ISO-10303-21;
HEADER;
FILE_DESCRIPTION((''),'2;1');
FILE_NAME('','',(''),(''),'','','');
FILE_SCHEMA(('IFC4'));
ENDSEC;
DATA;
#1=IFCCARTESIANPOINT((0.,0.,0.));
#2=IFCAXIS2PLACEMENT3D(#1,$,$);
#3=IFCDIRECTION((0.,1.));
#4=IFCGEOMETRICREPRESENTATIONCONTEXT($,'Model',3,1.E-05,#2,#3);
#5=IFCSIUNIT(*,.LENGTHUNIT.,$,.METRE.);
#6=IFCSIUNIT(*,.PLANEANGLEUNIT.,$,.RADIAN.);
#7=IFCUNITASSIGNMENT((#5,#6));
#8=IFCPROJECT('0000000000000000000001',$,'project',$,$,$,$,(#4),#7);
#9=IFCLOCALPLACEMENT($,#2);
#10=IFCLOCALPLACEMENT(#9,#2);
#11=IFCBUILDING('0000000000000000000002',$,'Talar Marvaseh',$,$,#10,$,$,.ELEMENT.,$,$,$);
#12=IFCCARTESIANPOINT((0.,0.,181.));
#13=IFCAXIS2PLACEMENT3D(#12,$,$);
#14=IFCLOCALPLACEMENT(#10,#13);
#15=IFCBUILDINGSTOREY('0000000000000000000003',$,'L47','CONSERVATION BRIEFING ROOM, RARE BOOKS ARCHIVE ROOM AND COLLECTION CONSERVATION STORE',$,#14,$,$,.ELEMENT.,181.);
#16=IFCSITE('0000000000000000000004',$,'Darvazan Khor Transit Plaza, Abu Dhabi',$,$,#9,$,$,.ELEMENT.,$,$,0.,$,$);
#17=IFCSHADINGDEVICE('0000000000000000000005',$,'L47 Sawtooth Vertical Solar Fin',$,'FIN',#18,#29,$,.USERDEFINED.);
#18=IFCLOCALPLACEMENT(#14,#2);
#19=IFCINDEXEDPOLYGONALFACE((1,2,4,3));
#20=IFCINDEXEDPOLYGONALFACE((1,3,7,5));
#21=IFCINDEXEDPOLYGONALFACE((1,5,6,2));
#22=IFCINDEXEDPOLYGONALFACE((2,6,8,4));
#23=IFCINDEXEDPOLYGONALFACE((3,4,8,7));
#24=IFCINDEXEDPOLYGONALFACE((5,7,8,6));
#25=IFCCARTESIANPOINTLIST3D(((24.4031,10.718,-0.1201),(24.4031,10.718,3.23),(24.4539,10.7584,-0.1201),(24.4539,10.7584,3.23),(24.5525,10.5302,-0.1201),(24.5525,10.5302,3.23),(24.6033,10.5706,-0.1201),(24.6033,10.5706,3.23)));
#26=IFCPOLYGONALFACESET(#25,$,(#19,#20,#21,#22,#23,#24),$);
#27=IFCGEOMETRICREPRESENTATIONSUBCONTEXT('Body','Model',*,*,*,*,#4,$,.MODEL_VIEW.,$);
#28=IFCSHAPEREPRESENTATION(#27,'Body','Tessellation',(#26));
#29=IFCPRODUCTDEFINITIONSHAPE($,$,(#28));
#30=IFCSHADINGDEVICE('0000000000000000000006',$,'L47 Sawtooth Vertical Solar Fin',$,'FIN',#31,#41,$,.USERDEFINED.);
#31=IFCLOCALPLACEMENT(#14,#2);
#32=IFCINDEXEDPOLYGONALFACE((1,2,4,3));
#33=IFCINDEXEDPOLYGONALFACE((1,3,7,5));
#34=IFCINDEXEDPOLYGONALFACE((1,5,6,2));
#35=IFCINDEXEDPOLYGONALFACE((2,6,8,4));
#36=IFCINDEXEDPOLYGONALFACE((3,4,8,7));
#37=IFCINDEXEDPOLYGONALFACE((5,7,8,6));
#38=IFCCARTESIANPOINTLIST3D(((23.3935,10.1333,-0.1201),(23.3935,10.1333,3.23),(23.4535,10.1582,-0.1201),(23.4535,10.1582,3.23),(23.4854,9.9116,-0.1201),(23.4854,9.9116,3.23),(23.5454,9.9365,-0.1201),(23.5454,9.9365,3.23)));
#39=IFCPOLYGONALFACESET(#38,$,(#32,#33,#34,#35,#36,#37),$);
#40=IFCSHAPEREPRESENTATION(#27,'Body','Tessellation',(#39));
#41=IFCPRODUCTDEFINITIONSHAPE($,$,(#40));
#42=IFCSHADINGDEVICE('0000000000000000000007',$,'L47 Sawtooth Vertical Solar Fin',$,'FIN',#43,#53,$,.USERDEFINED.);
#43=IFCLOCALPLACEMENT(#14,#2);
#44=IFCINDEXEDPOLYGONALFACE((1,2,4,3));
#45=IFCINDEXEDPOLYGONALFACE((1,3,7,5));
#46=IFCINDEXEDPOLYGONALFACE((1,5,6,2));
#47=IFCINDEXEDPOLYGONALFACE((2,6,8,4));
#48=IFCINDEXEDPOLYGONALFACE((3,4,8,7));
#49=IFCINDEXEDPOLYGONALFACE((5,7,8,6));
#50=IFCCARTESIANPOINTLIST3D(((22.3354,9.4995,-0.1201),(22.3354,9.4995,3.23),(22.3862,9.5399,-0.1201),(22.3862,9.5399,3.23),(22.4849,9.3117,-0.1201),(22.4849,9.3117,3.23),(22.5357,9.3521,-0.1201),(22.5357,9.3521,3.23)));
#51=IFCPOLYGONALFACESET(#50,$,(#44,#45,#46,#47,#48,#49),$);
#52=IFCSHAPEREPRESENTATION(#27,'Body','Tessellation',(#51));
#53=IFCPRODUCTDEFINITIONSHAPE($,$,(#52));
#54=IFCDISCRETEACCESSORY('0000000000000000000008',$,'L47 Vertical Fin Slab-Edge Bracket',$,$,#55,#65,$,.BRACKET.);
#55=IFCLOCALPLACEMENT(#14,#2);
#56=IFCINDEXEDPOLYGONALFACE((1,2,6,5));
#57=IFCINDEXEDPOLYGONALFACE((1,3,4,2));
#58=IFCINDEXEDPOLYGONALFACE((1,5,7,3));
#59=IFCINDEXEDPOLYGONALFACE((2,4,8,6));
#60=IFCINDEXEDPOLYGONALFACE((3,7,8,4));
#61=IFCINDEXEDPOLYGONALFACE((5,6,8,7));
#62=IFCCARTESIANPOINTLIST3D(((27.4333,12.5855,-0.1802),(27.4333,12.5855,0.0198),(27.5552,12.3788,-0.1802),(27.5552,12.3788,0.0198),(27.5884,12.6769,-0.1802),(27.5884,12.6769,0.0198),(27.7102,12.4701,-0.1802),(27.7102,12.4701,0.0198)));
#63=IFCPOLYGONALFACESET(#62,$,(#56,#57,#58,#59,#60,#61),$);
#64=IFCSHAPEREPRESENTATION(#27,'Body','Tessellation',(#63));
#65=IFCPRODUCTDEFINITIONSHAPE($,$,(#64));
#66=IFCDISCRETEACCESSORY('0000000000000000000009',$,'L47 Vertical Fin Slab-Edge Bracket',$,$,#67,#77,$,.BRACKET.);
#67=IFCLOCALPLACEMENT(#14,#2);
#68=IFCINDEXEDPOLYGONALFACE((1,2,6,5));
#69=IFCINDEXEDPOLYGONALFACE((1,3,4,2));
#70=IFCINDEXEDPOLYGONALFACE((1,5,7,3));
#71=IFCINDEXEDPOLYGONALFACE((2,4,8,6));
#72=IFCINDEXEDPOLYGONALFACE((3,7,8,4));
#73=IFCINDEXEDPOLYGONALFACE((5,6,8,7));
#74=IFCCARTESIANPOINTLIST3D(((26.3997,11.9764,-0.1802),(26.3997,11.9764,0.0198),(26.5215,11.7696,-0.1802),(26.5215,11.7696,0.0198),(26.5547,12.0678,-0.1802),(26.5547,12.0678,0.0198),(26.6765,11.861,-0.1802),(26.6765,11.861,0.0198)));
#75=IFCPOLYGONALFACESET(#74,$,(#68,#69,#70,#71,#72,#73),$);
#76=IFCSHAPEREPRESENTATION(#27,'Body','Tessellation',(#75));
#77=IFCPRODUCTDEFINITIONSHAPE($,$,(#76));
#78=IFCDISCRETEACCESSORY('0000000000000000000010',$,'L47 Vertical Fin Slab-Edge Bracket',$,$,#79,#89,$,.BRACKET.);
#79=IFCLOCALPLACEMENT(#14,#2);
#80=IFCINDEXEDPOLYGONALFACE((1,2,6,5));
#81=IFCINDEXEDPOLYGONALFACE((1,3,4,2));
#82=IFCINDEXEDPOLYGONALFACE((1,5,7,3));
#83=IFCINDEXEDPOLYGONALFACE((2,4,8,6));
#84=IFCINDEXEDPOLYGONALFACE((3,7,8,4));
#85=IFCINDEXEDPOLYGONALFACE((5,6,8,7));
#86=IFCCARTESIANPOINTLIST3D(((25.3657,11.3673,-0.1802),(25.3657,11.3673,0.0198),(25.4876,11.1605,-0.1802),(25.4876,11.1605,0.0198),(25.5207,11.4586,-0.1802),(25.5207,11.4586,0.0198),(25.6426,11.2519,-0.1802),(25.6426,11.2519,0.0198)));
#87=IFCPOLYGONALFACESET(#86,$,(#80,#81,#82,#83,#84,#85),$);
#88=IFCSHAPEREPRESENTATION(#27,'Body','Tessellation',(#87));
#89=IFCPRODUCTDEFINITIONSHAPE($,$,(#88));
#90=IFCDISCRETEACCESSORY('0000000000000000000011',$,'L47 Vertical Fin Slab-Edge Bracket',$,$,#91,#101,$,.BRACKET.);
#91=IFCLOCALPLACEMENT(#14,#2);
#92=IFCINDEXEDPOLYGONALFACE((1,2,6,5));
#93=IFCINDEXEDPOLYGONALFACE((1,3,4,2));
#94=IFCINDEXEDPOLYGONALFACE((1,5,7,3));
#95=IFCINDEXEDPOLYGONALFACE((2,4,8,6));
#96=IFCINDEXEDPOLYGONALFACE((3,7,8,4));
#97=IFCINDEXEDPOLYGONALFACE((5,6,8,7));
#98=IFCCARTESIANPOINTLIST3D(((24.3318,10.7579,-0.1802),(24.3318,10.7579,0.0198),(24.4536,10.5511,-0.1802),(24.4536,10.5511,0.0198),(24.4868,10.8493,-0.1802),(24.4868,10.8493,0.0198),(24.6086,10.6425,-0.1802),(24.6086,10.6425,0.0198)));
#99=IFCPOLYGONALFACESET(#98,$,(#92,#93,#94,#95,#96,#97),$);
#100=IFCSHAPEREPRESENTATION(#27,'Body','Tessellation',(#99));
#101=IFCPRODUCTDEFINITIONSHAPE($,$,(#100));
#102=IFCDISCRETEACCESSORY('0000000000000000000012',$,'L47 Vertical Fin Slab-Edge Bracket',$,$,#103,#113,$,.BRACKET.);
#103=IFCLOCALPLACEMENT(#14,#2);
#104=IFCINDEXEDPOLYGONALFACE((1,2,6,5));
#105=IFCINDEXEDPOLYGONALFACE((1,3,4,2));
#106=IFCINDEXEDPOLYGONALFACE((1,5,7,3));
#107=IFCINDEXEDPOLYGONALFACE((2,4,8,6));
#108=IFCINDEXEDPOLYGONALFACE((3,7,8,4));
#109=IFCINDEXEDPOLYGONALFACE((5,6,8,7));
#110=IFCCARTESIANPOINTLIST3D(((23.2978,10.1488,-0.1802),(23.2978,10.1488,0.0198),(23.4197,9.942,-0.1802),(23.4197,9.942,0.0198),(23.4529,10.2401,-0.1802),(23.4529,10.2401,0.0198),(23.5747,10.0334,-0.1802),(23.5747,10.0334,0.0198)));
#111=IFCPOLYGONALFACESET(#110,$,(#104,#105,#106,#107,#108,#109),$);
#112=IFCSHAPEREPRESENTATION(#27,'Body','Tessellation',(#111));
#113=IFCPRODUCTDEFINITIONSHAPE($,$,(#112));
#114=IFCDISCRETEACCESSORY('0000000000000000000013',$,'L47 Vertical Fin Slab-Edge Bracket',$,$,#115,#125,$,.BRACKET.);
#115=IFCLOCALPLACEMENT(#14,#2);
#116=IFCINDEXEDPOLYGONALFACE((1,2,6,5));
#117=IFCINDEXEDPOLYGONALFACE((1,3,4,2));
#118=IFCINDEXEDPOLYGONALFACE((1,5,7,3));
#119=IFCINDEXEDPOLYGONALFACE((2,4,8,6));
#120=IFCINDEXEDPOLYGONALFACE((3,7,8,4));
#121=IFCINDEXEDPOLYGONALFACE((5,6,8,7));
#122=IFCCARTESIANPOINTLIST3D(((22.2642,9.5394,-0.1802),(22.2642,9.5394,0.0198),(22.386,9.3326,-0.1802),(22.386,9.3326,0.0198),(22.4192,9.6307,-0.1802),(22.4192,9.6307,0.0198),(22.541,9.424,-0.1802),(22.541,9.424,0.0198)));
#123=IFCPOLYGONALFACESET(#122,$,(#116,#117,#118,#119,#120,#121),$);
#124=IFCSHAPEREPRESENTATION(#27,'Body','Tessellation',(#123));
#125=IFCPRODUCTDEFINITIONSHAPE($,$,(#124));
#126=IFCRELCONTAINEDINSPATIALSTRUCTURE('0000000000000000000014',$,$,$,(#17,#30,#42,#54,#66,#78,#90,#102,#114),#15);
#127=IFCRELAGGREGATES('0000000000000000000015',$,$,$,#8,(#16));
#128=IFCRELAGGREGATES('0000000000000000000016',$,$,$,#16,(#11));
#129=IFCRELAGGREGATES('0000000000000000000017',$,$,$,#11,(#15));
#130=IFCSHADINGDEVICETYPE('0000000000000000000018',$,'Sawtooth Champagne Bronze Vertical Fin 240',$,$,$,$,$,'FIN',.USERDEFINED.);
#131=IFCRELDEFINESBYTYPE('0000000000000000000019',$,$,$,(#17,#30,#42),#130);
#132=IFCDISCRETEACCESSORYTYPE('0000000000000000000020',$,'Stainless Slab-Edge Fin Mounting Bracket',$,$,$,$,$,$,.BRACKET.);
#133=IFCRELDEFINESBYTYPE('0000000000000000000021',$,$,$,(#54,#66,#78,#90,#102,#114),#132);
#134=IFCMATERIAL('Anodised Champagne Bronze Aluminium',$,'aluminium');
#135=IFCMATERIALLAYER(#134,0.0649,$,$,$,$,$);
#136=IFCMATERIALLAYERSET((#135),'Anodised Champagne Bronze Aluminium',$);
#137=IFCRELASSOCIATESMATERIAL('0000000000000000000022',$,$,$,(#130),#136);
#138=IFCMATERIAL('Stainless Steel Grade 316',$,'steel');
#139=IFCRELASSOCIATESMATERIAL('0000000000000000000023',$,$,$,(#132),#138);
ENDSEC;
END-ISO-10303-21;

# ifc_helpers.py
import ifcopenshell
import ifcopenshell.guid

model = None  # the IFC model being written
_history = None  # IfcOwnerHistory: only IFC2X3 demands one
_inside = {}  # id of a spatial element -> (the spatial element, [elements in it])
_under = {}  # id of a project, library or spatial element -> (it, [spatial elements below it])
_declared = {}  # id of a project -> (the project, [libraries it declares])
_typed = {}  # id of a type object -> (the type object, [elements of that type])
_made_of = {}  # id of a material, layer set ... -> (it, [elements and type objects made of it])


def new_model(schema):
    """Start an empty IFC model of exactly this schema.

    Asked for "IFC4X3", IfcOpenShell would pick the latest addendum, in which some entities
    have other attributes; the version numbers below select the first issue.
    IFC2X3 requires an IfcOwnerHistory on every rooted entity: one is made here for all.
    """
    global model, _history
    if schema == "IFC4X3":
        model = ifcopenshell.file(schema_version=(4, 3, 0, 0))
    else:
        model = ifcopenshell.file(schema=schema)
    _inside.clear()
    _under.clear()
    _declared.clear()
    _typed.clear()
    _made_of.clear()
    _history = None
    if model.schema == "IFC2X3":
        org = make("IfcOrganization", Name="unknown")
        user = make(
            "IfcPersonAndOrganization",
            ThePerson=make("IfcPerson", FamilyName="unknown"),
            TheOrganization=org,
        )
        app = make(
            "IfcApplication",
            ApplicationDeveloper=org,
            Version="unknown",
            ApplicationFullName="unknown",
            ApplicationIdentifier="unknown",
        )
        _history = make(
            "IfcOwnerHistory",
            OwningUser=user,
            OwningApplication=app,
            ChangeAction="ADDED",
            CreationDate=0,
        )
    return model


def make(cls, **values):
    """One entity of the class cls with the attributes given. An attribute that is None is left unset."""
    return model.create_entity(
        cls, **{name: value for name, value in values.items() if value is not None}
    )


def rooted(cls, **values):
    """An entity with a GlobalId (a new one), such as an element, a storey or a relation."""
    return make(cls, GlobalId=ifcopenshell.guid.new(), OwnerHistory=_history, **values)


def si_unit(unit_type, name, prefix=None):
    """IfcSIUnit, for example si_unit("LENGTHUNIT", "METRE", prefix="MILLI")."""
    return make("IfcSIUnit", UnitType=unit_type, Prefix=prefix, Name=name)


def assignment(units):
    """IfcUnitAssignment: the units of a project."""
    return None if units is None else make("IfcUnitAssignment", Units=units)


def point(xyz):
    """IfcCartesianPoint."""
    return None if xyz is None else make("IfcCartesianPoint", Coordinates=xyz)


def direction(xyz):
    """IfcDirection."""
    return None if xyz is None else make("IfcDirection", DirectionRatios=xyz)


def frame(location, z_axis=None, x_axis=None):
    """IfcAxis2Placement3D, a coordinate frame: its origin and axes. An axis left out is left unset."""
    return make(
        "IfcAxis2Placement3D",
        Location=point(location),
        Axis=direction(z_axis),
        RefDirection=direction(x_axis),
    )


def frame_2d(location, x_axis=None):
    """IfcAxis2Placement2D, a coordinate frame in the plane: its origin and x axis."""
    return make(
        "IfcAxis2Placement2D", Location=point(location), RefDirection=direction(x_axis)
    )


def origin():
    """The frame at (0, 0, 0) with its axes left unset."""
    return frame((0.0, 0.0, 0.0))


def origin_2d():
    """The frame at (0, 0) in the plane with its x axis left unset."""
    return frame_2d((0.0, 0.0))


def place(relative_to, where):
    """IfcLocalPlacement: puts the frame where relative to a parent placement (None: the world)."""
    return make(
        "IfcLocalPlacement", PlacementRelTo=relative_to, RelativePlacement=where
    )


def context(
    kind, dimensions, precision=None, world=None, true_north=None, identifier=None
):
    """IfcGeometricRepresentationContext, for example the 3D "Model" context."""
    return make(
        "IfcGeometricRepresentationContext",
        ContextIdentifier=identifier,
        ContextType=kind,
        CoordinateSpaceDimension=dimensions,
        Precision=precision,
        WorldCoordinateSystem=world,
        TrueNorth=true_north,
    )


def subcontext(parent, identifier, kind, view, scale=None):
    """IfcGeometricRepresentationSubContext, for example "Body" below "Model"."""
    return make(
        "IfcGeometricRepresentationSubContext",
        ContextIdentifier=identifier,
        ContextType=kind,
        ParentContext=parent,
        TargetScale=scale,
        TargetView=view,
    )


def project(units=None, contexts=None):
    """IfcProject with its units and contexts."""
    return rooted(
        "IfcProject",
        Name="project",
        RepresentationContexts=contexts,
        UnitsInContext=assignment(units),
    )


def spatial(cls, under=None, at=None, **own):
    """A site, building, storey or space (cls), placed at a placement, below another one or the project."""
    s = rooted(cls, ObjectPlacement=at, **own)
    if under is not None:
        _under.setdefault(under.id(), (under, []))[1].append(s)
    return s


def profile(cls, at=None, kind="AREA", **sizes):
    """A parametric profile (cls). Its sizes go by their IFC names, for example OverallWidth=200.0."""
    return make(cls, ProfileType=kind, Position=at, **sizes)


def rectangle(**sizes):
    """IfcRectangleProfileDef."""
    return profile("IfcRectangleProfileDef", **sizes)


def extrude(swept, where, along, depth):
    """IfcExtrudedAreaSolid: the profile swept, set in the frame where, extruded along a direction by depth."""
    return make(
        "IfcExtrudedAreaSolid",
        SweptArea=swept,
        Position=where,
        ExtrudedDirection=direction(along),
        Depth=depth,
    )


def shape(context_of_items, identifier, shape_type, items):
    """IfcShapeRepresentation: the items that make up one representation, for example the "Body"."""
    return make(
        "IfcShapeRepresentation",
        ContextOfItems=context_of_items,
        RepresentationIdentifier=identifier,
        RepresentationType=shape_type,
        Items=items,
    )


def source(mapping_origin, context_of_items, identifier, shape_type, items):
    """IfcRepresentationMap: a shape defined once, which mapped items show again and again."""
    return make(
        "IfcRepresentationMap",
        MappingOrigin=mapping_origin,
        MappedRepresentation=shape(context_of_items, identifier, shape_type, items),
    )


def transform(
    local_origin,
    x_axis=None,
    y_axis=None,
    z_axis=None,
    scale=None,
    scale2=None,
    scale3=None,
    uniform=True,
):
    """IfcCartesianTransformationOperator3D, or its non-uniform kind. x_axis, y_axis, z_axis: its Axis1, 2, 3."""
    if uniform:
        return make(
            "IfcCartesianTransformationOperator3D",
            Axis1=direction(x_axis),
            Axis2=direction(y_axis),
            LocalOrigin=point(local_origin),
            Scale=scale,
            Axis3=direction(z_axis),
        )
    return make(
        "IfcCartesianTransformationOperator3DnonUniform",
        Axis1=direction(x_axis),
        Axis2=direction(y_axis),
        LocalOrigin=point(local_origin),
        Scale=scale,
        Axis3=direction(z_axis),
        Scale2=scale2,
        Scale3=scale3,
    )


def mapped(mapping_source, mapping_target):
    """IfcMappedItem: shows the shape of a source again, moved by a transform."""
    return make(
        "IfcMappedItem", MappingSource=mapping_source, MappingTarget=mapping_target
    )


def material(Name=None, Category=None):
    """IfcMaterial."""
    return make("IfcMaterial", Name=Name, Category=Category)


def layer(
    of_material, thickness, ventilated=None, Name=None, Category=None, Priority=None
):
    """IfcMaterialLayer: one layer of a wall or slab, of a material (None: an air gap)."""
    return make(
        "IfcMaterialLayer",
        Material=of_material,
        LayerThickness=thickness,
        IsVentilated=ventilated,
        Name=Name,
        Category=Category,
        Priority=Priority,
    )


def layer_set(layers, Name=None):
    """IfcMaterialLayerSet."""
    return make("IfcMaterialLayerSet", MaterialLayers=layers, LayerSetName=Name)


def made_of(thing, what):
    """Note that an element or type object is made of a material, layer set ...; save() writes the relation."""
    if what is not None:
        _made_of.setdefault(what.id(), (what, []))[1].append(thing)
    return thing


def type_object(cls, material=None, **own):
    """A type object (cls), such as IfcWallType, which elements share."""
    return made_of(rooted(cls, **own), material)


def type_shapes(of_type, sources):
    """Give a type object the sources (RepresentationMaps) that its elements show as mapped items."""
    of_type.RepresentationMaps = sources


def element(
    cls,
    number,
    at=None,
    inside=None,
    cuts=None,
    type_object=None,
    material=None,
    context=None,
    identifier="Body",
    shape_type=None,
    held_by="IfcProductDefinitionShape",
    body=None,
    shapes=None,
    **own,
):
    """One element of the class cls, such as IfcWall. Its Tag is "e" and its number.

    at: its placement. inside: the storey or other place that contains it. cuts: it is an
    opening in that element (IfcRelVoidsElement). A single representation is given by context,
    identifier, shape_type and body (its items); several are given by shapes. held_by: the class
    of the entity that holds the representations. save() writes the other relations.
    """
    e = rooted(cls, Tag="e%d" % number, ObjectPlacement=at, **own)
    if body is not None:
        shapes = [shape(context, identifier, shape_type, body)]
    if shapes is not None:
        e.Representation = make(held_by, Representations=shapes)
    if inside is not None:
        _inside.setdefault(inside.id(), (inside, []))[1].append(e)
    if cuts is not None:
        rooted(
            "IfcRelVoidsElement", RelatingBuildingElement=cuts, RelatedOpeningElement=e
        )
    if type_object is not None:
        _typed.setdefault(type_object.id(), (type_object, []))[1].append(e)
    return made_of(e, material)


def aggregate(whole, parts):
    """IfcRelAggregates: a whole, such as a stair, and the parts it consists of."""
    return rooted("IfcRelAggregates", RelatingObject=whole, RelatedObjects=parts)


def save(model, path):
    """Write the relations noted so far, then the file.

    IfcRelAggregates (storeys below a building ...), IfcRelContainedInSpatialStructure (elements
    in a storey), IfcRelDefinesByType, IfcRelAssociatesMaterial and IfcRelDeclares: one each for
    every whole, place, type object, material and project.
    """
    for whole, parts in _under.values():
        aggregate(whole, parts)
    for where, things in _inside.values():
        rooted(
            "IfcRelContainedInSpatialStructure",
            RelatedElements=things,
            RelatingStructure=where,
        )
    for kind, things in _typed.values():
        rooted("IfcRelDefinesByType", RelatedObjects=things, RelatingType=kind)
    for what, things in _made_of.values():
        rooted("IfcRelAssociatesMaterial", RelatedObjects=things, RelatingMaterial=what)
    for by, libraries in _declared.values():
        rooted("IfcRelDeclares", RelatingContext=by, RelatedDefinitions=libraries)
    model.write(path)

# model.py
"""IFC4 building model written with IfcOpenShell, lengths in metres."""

from ifc_helpers import new_model, si_unit, direction, frame, origin, origin_2d, place, context, subcontext, project, spatial, rectangle, extrude, source, transform, mapped, material, layer, layer_set, type_object, type_shapes, element, save


model = new_model("IFC4")

# Units and contexts
model_context = context("Model", 3, precision=1e-05, world=origin(), true_north=direction((0.0, 1.0)))
body_context = subcontext(model_context, "Body", "Model", "MODEL_VIEW")
ifc_project = project(units=[si_unit("LENGTHUNIT", "METRE"), si_unit("PLANEANGLEUNIT", "RADIAN")], contexts=[model_context])

# Site, building, storey
site_placement = place(None, origin())
site = spatial("IfcSite", under=ifc_project, at=site_placement, Name="Darvazan Khor Transit Plaza, Abu Dhabi", CompositionType="ELEMENT", RefElevation=0.0)
building_placement = place(site_placement, origin())
building = spatial("IfcBuilding", under=site, at=building_placement, Name="Talar Marvaseh", CompositionType="ELEMENT")
storey_placement = place(building_placement, frame((0.0, 0.0, 181.0)))
storey = spatial("IfcBuildingStorey", under=building, at=storey_placement, Name="L47", Description="CONSERVATION BRIEFING ROOM, RARE BOOKS ARCHIVE ROOM AND COLLECTION CONSERVATION STORE", CompositionType="ELEMENT", Elevation=181.0)

# Shading devices
ifc_material_1 = material(Name="Anodised Champagne Bronze Aluminium", Category="aluminium")
ifc_layer_1 = layer(ifc_material_1, 0.0649)
ifc_layer_set_1 = layer_set([ifc_layer_1], Name="Anodised Champagne Bronze Aluminium")
shading_device_type = type_object("IfcShadingDeviceType", Name="Sawtooth Champagne Bronze Vertical Fin 240", ElementType="FIN", PredefinedType="USERDEFINED", material=ifc_layer_set_1)
shared_shape_1 = source(origin(), body_context, "Body", "SweptSolid", [
    extrude(rectangle(XDim=0.24, YDim=0.0649, at=origin_2d()), origin(), (0.0, 0.0, 1.0), 3.3501),
])
type_shapes(shading_device_type, [shared_shape_1])
for number, where, z_axis, x_axis, name in (
    (1, (24.5032, 10.6443, -0.1201), (0.0, 0.0, 1.0), (0.622651, -0.782499, 0.0), "L47 Sawtooth Vertical Solar Fin"),
    (2, (23.4695, 10.0349, -0.1201), (0.0, 0.0, 1.0), (0.382845, -0.923813, 0.0), "L47 Sawtooth Vertical Solar Fin"),
    (3, (22.4355, 9.4258, -0.1201), (0.0, 0.0, 1.0), (0.622651, -0.782499, 0.0), "L47 Sawtooth Vertical Solar Fin"),
):
    element("IfcShadingDevice", number, at=place(storey_placement, frame(where, z_axis=z_axis, x_axis=x_axis)), inside=storey, type_object=shading_device_type, Name=name, ObjectType="FIN", PredefinedType="USERDEFINED", context=body_context, shape_type="MappedRepresentation", body=[
        mapped(shared_shape_1, transform((0.0, 0.0, 0.0), x_axis=(1.0, 0.0, 0.0), y_axis=(0.0, 1.0, 0.0), z_axis=(0.0, 0.0, 1.0), scale=1.0)),
    ])

# Discrete accessories
ifc_material_2 = material(Name="Stainless Steel Grade 316", Category="steel")
discrete_accessory_type = type_object("IfcDiscreteAccessoryType", Name="Stainless Slab-Edge Fin Mounting Bracket", PredefinedType="BRACKET", material=ifc_material_2)
shared_shape_2 = source(origin(), body_context, "Body", "SweptSolid", [
    extrude(rectangle(XDim=0.24, YDim=0.1799, at=origin_2d()), origin(), (0.0, 0.0, 1.0), 0.2),
])
type_shapes(discrete_accessory_type, [shared_shape_2])
for number, where, z_axis, x_axis, name in (
    (4, (27.5718, 12.5278, -0.1802), (0.0, 0.0, 1.0), (0.507689, -0.861541, 0.0), "L47 Vertical Fin Slab-Edge Bracket"),
    (5, (26.5381, 11.9187, -0.1802), (0.0, 0.0, 1.0), (0.507689, -0.861541, 0.0), "L47 Vertical Fin Slab-Edge Bracket"),
    (6, (25.5042, 11.3096, -0.1802), (0.0, 0.0, 1.0), (0.507689, -0.861541, 0.0), "L47 Vertical Fin Slab-Edge Bracket"),
    (7, (24.4702, 10.7002, -0.1802), (0.0, 0.0, 1.0), (0.507689, -0.861541, 0.0), "L47 Vertical Fin Slab-Edge Bracket"),
    (8, (23.4363, 10.0911, -0.1802), (0.0, 0.0, 1.0), (0.507689, -0.861541, 0.0), "L47 Vertical Fin Slab-Edge Bracket"),
    (9, (22.4026, 9.4817, -0.1802), (0.0, 0.0, 1.0), (0.507689, -0.861541, 0.0), "L47 Vertical Fin Slab-Edge Bracket"),
):
    element("IfcDiscreteAccessory", number, at=place(storey_placement, frame(where, z_axis=z_axis, x_axis=x_axis)), inside=storey, type_object=discrete_accessory_type, Name=name, PredefinedType="BRACKET", context=body_context, shape_type="MappedRepresentation", body=[
        mapped(shared_shape_2, transform((0.0, 0.0, 0.0), x_axis=(1.0, 0.0, 0.0), y_axis=(0.0, 1.0, 0.0), z_axis=(0.0, 0.0, 1.0), scale=1.0)),
    ])

save(model, "model.ifc")
